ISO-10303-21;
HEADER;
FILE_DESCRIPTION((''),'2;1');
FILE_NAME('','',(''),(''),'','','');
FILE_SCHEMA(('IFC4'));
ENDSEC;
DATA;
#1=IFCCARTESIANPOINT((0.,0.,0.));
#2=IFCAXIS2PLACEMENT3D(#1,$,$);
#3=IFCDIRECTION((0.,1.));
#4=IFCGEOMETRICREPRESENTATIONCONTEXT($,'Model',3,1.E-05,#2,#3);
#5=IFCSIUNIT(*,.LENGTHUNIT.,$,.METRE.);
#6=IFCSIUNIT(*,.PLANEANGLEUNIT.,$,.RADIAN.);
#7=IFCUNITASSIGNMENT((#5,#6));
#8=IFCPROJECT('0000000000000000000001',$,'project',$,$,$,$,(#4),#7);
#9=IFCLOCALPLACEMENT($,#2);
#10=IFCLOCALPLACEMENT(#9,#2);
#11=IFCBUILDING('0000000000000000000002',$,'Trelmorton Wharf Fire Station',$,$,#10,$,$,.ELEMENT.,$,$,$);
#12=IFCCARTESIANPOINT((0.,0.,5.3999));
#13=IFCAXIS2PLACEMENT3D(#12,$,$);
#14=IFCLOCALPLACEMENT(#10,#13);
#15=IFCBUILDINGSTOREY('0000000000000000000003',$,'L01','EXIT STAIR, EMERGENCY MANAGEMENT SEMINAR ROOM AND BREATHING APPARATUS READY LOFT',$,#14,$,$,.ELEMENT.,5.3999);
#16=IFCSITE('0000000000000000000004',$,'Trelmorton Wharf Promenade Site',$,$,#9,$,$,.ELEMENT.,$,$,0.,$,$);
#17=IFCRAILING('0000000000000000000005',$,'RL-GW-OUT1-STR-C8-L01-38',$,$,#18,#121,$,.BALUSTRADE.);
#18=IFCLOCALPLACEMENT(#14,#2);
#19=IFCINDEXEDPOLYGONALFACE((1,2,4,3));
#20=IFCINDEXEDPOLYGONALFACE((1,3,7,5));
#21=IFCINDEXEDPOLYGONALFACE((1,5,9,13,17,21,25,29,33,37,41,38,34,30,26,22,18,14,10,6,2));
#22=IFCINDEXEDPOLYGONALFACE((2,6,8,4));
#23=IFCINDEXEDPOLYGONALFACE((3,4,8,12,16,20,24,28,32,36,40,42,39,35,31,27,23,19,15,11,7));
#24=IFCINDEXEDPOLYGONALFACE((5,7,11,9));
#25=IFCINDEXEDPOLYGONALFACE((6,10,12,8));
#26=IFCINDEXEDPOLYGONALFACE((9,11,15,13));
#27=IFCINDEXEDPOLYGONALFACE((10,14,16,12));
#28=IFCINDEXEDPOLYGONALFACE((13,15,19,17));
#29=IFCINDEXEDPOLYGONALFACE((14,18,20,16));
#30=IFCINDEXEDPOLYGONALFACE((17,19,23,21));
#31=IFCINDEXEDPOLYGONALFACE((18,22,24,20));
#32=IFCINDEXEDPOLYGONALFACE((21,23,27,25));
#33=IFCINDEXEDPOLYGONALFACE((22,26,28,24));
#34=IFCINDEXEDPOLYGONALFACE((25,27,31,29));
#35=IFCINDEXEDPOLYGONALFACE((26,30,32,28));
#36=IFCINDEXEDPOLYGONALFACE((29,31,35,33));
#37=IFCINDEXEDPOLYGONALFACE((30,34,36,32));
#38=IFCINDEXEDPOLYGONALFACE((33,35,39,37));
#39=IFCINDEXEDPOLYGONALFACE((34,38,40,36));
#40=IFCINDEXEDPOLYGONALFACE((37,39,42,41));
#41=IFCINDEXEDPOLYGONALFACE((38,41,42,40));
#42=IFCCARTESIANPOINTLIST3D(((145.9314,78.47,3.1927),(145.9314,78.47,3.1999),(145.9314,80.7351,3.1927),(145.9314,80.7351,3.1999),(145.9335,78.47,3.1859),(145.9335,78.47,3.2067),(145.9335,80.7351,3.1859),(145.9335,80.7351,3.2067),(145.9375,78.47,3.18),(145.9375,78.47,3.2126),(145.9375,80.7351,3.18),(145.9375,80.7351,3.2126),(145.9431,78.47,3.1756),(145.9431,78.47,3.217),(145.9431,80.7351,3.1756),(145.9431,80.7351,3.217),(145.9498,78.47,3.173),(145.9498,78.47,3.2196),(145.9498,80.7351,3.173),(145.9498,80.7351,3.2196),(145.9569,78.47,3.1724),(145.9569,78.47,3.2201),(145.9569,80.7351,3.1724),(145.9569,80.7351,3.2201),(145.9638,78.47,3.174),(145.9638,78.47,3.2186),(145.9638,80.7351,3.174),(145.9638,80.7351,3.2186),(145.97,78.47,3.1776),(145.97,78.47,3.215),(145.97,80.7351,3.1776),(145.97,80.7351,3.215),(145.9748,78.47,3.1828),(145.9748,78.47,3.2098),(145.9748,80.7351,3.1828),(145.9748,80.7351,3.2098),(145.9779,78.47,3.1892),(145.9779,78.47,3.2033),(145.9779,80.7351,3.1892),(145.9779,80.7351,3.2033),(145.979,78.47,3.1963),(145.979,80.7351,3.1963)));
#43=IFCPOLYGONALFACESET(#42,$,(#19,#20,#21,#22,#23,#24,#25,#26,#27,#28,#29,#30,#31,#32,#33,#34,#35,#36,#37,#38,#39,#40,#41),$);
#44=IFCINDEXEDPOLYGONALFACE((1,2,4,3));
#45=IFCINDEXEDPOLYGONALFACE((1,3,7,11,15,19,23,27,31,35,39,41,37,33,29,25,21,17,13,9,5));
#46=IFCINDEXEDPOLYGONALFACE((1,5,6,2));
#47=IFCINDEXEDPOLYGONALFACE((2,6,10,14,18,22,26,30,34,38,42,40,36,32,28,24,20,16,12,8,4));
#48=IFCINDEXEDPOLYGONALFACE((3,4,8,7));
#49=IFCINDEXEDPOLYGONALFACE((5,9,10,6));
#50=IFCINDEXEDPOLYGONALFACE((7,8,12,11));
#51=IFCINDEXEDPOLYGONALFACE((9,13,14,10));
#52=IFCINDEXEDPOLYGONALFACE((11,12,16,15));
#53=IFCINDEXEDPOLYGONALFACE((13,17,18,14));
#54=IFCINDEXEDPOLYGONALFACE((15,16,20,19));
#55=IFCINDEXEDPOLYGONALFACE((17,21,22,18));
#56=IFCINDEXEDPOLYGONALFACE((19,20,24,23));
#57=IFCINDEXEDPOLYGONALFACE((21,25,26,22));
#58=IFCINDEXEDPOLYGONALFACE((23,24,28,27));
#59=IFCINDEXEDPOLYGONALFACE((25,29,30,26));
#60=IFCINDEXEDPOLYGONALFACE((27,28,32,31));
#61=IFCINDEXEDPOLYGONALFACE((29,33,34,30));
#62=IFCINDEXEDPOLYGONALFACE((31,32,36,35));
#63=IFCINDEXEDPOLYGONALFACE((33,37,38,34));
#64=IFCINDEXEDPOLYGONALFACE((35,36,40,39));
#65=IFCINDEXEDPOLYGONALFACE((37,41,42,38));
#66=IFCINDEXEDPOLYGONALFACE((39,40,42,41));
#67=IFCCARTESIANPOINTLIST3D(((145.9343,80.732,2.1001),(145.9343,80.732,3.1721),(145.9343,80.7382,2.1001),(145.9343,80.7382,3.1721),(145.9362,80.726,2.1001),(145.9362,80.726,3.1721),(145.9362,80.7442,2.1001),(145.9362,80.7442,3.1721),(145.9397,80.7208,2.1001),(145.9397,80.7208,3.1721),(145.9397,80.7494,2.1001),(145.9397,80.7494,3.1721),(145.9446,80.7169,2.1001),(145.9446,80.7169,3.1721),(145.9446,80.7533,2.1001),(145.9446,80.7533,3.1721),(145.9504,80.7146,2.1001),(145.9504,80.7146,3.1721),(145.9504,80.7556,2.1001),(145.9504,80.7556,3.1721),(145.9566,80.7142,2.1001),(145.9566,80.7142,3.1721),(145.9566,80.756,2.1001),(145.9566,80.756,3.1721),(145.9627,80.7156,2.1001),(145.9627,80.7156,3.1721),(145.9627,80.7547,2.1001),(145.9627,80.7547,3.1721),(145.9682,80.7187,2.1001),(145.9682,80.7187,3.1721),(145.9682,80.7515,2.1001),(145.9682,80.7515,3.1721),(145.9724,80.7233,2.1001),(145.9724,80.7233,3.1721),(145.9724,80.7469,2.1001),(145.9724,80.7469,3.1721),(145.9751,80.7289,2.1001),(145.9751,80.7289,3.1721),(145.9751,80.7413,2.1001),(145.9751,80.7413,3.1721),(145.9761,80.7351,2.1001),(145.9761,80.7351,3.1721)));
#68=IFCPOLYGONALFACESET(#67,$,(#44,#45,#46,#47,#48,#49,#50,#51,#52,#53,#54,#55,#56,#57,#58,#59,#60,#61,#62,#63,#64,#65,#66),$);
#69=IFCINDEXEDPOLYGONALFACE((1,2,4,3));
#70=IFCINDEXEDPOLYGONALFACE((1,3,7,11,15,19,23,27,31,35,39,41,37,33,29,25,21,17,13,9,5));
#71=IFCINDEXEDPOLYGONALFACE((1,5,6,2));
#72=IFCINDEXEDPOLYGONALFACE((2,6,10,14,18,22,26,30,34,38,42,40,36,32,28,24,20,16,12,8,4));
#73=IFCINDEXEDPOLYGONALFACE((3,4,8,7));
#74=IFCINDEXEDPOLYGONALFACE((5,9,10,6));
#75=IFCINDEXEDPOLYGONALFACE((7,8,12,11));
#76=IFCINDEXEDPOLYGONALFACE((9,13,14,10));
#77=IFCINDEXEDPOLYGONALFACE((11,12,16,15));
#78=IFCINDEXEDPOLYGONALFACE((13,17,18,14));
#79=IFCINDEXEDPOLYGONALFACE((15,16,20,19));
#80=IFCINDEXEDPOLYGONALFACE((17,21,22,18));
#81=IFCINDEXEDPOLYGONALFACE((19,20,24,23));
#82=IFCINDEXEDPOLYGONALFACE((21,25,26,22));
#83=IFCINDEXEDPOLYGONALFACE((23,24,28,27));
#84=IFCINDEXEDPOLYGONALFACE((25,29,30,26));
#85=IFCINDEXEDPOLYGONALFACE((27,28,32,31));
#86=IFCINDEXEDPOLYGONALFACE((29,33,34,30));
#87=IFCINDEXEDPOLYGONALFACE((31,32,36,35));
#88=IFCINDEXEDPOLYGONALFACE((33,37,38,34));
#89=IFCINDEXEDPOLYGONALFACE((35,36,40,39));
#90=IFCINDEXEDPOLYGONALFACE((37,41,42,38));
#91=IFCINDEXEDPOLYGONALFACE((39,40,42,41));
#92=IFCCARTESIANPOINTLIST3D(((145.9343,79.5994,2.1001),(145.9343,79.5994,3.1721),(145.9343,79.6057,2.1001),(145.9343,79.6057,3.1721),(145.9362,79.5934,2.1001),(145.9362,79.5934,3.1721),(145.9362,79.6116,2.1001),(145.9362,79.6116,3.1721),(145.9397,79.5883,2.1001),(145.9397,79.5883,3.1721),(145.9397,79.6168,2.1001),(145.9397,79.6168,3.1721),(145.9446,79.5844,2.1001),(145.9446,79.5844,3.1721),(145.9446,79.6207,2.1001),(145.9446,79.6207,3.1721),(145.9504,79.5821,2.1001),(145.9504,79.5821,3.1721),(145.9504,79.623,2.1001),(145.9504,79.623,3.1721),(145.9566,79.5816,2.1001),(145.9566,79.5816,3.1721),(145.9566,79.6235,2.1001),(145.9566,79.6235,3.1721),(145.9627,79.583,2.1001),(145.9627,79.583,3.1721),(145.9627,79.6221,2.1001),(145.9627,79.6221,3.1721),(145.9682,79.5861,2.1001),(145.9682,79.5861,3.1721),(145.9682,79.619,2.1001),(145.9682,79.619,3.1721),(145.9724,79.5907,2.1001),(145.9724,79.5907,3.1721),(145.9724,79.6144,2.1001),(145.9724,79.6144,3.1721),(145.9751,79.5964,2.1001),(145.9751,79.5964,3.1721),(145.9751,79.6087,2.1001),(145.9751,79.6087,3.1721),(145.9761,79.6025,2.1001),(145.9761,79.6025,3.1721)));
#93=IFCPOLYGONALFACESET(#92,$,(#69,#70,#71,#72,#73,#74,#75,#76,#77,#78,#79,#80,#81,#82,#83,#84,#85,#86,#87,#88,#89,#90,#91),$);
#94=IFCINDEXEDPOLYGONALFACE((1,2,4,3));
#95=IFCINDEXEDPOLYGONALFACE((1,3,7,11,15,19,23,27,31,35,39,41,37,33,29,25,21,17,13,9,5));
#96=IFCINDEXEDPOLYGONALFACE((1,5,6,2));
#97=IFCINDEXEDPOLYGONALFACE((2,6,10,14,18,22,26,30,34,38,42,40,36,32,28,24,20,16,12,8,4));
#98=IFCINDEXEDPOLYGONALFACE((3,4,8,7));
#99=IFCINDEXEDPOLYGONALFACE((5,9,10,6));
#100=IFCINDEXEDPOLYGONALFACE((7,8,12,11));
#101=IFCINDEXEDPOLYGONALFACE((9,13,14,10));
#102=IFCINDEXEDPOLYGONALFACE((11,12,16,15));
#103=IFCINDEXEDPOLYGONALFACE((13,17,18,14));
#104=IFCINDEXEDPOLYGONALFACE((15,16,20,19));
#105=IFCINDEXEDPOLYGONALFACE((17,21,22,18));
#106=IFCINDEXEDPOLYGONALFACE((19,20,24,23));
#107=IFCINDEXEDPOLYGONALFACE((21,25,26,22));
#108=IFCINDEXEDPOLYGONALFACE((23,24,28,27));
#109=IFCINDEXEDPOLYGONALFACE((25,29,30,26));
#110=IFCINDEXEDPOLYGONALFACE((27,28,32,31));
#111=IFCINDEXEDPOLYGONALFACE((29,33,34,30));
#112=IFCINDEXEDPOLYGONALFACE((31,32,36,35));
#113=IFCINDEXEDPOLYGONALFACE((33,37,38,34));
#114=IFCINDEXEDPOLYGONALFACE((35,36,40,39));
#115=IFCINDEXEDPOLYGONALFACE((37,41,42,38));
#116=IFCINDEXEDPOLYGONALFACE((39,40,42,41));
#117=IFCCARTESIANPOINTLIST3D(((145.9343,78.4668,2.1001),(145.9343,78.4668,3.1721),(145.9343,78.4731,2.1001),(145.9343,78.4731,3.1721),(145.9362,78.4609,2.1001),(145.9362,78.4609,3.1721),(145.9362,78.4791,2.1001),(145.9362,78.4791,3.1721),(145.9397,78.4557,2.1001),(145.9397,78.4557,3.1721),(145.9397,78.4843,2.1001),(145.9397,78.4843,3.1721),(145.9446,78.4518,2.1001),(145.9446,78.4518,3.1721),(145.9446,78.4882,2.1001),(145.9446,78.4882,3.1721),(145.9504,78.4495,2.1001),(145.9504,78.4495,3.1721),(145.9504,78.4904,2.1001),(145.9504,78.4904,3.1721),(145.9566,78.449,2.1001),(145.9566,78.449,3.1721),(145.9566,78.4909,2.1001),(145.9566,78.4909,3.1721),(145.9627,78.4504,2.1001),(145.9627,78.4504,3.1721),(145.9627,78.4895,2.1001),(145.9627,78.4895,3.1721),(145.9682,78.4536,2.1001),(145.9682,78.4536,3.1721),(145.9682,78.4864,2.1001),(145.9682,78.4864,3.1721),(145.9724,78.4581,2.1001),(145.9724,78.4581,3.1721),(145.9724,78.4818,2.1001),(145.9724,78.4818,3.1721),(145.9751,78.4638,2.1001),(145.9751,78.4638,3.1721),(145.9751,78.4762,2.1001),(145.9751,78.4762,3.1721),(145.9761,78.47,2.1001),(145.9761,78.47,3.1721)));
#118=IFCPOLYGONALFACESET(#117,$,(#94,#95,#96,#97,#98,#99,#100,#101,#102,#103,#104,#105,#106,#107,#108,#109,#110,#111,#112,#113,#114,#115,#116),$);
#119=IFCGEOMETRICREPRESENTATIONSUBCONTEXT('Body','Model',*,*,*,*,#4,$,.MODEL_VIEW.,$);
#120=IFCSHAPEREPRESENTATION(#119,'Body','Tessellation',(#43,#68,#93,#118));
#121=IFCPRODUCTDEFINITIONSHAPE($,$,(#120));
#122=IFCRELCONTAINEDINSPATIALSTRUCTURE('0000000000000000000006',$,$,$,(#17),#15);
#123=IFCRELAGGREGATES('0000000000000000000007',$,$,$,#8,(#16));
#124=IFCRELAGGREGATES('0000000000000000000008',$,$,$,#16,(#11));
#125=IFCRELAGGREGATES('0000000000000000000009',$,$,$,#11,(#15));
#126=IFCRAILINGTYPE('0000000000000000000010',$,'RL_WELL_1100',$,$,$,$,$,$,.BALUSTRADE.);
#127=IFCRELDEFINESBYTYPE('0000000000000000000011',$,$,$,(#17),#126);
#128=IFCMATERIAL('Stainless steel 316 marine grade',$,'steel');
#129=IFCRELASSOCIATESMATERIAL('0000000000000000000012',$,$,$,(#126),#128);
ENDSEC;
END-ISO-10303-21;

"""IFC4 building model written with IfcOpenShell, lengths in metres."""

from ifc_helpers import new_model, si_unit, direction, frame, origin, origin_2d, place, context, subcontext, project, spatial, circle, extrude, material, type_object, element, save


model = new_model("IFC4")

# Units and contexts
model_context = context("Model", 3, precision=1e-05, world=origin(), true_north=direction((0.0, 1.0)))
body_context = subcontext(model_context, "Body", "Model", "MODEL_VIEW")
ifc_project = project(units=[si_unit("LENGTHUNIT", "METRE"), si_unit("PLANEANGLEUNIT", "RADIAN")], contexts=[model_context])

# Site, building, storey
site_placement = place(None, origin())
site = spatial("IfcSite", under=ifc_project, at=site_placement, Name="Trelmorton Wharf Promenade Site", CompositionType="ELEMENT", RefElevation=0.0)
building_placement = place(site_placement, origin())
building = spatial("IfcBuilding", under=site, at=building_placement, Name="Trelmorton Wharf Fire Station", CompositionType="ELEMENT")
storey_placement = place(building_placement, frame((0.0, 0.0, 5.3999)))
storey = spatial("IfcBuildingStorey", under=building, at=storey_placement, Name="L01", Description="EXIT STAIR, EMERGENCY MANAGEMENT SEMINAR ROOM AND BREATHING APPARATUS READY LOFT", CompositionType="ELEMENT", Elevation=5.3999)

# Shared definitions
ifc_material_1 = material(Name="Stainless steel 316 marine grade", Category="steel")

# Railing
railing_type_1 = type_object("IfcRailingType", Name="RL_WELL_1100", PredefinedType="BALUSTRADE", material=ifc_material_1)
railing_1_placement = place(storey_placement, frame((145.9551, 80.7351, 2.1001)))
element("IfcRailing", 1, at=railing_1_placement, inside=storey, type_object=railing_type_1, Name="RL-GW-OUT1-STR-C8-L01-38", PredefinedType="BALUSTRADE", context=body_context, shape_type="SweptSolid", body=[
    extrude(circle(Radius=0.0239, at=origin_2d()), frame((0.0, 0.0, 1.0962), z_axis=(0.0, -1.0, 0.0), x_axis=(1.0, 0.0, 0.0)), (0.0, 0.0, 1.0), 2.2651),
    extrude(circle(Radius=0.021, at=origin_2d()), origin(), (0.0, 0.0, 1.0), 1.072),
    extrude(circle(Radius=0.021, at=origin_2d()), frame((0.0, -1.1326, 0.0)), (0.0, 0.0, 1.0), 1.072),
    extrude(circle(Radius=0.021, at=origin_2d()), frame((0.0, -2.2651, 0.0)), (0.0, 0.0, 1.0), 1.072),
])

save(model, "model.ifc")
